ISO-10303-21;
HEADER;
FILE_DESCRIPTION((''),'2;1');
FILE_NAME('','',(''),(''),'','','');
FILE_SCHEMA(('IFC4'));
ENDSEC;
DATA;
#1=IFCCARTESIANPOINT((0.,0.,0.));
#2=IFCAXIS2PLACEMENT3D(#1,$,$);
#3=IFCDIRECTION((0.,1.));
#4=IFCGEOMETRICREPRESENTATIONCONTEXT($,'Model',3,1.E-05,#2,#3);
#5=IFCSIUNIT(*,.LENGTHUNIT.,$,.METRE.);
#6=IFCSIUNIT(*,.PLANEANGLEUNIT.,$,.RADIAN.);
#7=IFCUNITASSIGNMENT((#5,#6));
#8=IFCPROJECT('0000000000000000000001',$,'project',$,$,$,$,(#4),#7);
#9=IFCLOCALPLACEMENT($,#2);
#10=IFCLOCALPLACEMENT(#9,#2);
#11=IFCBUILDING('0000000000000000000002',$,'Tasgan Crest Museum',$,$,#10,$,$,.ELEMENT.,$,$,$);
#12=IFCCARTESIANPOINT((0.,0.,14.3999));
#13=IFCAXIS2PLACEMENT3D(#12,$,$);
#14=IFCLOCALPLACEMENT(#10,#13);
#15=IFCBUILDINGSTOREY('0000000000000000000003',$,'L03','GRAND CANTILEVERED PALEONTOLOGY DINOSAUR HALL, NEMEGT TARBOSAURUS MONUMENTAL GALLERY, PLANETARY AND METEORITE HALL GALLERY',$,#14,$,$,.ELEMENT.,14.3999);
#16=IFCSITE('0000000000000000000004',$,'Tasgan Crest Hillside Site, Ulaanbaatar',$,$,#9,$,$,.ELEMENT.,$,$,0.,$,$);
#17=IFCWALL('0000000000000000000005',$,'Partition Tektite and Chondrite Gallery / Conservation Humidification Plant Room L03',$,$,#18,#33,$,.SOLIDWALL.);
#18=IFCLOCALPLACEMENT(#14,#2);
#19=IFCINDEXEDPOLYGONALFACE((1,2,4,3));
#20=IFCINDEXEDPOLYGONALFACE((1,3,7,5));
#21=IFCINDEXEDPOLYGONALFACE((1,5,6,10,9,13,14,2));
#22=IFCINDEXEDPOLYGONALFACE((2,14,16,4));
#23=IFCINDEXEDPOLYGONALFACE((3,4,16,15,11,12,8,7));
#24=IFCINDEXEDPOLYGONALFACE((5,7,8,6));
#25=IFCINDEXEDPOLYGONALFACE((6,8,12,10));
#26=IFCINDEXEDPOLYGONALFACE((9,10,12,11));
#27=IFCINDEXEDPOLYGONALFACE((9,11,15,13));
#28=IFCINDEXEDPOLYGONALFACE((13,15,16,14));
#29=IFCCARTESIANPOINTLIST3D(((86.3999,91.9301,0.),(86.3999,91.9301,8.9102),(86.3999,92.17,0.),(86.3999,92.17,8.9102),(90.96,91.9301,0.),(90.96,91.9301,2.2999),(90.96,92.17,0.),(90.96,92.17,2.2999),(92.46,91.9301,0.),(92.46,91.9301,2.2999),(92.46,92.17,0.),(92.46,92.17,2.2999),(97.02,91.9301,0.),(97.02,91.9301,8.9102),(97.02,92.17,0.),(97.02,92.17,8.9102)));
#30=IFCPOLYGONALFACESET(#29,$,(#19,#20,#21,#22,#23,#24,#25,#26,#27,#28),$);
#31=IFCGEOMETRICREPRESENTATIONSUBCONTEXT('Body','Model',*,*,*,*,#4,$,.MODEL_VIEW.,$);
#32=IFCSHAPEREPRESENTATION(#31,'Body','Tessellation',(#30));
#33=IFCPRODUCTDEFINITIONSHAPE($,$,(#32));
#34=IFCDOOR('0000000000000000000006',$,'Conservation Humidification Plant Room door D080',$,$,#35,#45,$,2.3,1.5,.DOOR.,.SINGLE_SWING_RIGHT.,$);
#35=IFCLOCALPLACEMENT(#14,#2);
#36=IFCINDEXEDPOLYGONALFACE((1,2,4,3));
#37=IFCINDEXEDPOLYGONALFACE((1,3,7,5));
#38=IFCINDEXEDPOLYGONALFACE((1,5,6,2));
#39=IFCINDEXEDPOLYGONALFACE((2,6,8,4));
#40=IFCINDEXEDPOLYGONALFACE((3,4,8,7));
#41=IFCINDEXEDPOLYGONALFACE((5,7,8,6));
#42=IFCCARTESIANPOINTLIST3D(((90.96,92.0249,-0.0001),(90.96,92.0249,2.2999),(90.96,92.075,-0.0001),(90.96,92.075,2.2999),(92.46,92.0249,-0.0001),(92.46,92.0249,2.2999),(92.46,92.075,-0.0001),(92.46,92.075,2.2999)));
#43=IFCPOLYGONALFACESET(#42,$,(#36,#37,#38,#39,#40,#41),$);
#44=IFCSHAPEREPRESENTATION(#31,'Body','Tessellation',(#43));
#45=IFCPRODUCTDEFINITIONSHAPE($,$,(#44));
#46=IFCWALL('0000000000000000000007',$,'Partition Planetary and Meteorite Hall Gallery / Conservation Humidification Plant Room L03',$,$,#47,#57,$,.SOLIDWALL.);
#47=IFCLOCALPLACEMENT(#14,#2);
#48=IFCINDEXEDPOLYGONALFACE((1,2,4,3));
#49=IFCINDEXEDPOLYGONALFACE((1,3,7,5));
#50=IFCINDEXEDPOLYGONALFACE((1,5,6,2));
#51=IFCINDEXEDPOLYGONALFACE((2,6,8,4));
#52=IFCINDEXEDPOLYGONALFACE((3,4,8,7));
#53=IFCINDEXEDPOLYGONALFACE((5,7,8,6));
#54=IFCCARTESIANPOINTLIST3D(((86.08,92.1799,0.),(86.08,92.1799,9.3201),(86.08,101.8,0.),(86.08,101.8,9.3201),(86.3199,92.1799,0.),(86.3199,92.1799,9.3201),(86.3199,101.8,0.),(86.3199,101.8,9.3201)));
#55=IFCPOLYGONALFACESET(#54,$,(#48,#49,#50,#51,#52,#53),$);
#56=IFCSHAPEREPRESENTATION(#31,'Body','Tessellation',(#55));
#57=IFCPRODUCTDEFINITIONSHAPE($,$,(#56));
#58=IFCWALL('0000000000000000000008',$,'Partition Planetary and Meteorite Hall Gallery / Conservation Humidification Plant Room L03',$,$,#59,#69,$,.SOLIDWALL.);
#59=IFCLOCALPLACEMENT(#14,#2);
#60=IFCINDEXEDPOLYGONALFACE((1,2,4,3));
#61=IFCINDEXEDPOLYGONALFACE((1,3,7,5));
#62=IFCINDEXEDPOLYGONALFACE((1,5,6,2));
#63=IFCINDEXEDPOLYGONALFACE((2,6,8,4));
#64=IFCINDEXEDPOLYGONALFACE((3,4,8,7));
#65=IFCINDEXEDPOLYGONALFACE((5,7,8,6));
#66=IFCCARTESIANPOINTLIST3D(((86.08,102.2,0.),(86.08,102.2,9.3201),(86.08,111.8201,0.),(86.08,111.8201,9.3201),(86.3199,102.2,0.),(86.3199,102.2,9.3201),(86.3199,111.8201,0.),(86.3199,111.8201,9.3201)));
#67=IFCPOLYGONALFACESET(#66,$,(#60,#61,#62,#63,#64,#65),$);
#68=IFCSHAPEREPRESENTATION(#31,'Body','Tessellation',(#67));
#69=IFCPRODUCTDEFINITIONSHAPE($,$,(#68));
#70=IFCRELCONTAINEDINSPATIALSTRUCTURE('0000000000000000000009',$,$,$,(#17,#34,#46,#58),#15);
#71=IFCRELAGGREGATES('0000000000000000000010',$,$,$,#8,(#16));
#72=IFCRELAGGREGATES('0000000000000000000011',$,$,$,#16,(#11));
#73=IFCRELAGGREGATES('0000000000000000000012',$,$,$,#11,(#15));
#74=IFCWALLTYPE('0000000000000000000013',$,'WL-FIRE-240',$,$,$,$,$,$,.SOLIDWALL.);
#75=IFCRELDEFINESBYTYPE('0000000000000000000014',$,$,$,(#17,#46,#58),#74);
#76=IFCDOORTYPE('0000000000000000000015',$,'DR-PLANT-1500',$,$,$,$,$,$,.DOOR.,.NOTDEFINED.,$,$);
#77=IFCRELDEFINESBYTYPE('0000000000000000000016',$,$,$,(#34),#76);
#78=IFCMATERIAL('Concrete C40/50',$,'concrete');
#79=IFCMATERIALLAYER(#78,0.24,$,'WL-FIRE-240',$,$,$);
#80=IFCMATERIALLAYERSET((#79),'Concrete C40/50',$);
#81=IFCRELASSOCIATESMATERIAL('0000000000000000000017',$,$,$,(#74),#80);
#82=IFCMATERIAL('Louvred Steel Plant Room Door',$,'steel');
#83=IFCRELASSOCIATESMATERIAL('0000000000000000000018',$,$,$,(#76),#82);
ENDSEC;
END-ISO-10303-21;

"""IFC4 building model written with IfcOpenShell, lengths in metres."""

from ifc_helpers import new_model, si_unit, direction, frame, frame_2d, origin, place, context, subcontext, project, spatial, rectangle, extrude, material, layer, layer_set, type_object, element, fill, save


model = new_model("IFC4")

# Units and contexts
model_context = context("Model", 3, precision=1e-05, world=origin(), true_north=direction((0.0, 1.0)))
body_context = subcontext(model_context, "Body", "Model", "MODEL_VIEW")
ifc_project = project(units=[si_unit("LENGTHUNIT", "METRE"), si_unit("PLANEANGLEUNIT", "RADIAN")], contexts=[model_context])

# Site, building, storey
site_placement = place(None, origin())
site = spatial("IfcSite", under=ifc_project, at=site_placement, Name="Tasgan Crest Hillside Site, Ulaanbaatar", CompositionType="ELEMENT", RefElevation=0.0)
building_placement = place(site_placement, origin())
building = spatial("IfcBuilding", under=site, at=building_placement, Name="Tasgan Crest Museum", CompositionType="ELEMENT")
storey_placement = place(building_placement, frame((0.0, 0.0, 14.3999)))
storey = spatial("IfcBuildingStorey", under=building, at=storey_placement, Name="L03", Description="GRAND CANTILEVERED PALEONTOLOGY DINOSAUR HALL, NEMEGT TARBOSAURUS MONUMENTAL GALLERY, PLANETARY AND METEORITE HALL GALLERY", CompositionType="ELEMENT", Elevation=14.3999)

# Wall, opening, door
ifc_material_1 = material(Name="Concrete C40/50", Category="concrete")
ifc_layer_1 = layer(ifc_material_1, 0.24, Name="WL-FIRE-240")
ifc_layer_set_1 = layer_set([ifc_layer_1], Name="Concrete C40/50")
wall_type_1 = type_object("IfcWallType", Name="WL-FIRE-240", PredefinedType="SOLIDWALL", material=ifc_layer_set_1)
wall_1_placement = place(storey_placement, frame((86.3999, 92.05, 0.0), z_axis=(0.0, 0.0, 1.0), x_axis=(1.0, 0.0, 0.0)))
wall_1 = element("IfcWall", 1, at=wall_1_placement, inside=storey, type_object=wall_type_1, Name="Partition Tektite and Chondrite Gallery / Conservation Humidification Plant Room L03", PredefinedType="SOLIDWALL", context=body_context, shape_type="SweptSolid", body=[
    extrude(rectangle(XDim=10.6201, YDim=0.24, at=frame_2d((5.3101, 0.0))), origin(), (0.0, 0.0, 1.0), 8.9102),
])
opening_1_placement = place(wall_1_placement, frame((4.5601, 0.0, 0.0)))
opening_1 = element("IfcOpeningElement", 2, at=opening_1_placement, cuts=wall_1, PredefinedType="OPENING", context=body_context, shape_type="SweptSolid", body=[
    extrude(rectangle(XDim=1.5, YDim=2.3, at=frame_2d((0.75, 1.1499))), frame((0.0, 0.1299, 0.0), z_axis=(0.0, -1.0, 0.0), x_axis=(1.0, 0.0, 0.0)), (0.0, 0.0, 1.0), 0.26),
])
ifc_material_2 = material(Name="Louvred Steel Plant Room Door", Category="steel")
door_type = type_object("IfcDoorType", Name="DR-PLANT-1500", OperationType="NOTDEFINED", PredefinedType="DOOR", material=ifc_material_2)
door_placement = place(opening_1_placement, origin())
door = element("IfcDoor", 3, at=door_placement, inside=storey, type_object=door_type, Name="Conservation Humidification Plant Room door D080", OperationType="SINGLE_SWING_RIGHT", OverallHeight=2.3, OverallWidth=1.5, PredefinedType="DOOR", context=body_context, shape_type="SweptSolid", body=[
    extrude(rectangle(XDim=1.5, YDim=2.3, at=frame_2d((0.75, 1.1499))), frame((0.0, 0.0249, 0.0), z_axis=(0.0, -1.0, 0.0), x_axis=(1.0, 0.0, 0.0)), (0.0, 0.0, 1.0), 0.05),
])
fill(opening_1, door)

# Walls
for number, where, z_axis, x_axis, name in (
    (4, (86.2, 92.1799, 0.0), (0.0, 0.0, 1.0), (0.0, 1.0, 0.0), "Partition Planetary and Meteorite Hall Gallery / Conservation Humidification Plant Room L03"),
    (5, (86.2, 102.2, 0.0), (0.0, 0.0, 1.0), (0.0, 1.0, 0.0), "Partition Planetary and Meteorite Hall Gallery / Conservation Humidification Plant Room L03"),
):
    element("IfcWall", number, at=place(storey_placement, frame(where, z_axis=z_axis, x_axis=x_axis)), inside=storey, type_object=wall_type_1, Name=name, PredefinedType="SOLIDWALL", context=body_context, shape_type="SweptSolid", body=[
        extrude(rectangle(XDim=9.6201, YDim=0.24, at=frame_2d((4.8101, 0.0))), origin(), (0.0, 0.0, 1.0), 9.3201),
    ])

save(model, "model.ifc")
